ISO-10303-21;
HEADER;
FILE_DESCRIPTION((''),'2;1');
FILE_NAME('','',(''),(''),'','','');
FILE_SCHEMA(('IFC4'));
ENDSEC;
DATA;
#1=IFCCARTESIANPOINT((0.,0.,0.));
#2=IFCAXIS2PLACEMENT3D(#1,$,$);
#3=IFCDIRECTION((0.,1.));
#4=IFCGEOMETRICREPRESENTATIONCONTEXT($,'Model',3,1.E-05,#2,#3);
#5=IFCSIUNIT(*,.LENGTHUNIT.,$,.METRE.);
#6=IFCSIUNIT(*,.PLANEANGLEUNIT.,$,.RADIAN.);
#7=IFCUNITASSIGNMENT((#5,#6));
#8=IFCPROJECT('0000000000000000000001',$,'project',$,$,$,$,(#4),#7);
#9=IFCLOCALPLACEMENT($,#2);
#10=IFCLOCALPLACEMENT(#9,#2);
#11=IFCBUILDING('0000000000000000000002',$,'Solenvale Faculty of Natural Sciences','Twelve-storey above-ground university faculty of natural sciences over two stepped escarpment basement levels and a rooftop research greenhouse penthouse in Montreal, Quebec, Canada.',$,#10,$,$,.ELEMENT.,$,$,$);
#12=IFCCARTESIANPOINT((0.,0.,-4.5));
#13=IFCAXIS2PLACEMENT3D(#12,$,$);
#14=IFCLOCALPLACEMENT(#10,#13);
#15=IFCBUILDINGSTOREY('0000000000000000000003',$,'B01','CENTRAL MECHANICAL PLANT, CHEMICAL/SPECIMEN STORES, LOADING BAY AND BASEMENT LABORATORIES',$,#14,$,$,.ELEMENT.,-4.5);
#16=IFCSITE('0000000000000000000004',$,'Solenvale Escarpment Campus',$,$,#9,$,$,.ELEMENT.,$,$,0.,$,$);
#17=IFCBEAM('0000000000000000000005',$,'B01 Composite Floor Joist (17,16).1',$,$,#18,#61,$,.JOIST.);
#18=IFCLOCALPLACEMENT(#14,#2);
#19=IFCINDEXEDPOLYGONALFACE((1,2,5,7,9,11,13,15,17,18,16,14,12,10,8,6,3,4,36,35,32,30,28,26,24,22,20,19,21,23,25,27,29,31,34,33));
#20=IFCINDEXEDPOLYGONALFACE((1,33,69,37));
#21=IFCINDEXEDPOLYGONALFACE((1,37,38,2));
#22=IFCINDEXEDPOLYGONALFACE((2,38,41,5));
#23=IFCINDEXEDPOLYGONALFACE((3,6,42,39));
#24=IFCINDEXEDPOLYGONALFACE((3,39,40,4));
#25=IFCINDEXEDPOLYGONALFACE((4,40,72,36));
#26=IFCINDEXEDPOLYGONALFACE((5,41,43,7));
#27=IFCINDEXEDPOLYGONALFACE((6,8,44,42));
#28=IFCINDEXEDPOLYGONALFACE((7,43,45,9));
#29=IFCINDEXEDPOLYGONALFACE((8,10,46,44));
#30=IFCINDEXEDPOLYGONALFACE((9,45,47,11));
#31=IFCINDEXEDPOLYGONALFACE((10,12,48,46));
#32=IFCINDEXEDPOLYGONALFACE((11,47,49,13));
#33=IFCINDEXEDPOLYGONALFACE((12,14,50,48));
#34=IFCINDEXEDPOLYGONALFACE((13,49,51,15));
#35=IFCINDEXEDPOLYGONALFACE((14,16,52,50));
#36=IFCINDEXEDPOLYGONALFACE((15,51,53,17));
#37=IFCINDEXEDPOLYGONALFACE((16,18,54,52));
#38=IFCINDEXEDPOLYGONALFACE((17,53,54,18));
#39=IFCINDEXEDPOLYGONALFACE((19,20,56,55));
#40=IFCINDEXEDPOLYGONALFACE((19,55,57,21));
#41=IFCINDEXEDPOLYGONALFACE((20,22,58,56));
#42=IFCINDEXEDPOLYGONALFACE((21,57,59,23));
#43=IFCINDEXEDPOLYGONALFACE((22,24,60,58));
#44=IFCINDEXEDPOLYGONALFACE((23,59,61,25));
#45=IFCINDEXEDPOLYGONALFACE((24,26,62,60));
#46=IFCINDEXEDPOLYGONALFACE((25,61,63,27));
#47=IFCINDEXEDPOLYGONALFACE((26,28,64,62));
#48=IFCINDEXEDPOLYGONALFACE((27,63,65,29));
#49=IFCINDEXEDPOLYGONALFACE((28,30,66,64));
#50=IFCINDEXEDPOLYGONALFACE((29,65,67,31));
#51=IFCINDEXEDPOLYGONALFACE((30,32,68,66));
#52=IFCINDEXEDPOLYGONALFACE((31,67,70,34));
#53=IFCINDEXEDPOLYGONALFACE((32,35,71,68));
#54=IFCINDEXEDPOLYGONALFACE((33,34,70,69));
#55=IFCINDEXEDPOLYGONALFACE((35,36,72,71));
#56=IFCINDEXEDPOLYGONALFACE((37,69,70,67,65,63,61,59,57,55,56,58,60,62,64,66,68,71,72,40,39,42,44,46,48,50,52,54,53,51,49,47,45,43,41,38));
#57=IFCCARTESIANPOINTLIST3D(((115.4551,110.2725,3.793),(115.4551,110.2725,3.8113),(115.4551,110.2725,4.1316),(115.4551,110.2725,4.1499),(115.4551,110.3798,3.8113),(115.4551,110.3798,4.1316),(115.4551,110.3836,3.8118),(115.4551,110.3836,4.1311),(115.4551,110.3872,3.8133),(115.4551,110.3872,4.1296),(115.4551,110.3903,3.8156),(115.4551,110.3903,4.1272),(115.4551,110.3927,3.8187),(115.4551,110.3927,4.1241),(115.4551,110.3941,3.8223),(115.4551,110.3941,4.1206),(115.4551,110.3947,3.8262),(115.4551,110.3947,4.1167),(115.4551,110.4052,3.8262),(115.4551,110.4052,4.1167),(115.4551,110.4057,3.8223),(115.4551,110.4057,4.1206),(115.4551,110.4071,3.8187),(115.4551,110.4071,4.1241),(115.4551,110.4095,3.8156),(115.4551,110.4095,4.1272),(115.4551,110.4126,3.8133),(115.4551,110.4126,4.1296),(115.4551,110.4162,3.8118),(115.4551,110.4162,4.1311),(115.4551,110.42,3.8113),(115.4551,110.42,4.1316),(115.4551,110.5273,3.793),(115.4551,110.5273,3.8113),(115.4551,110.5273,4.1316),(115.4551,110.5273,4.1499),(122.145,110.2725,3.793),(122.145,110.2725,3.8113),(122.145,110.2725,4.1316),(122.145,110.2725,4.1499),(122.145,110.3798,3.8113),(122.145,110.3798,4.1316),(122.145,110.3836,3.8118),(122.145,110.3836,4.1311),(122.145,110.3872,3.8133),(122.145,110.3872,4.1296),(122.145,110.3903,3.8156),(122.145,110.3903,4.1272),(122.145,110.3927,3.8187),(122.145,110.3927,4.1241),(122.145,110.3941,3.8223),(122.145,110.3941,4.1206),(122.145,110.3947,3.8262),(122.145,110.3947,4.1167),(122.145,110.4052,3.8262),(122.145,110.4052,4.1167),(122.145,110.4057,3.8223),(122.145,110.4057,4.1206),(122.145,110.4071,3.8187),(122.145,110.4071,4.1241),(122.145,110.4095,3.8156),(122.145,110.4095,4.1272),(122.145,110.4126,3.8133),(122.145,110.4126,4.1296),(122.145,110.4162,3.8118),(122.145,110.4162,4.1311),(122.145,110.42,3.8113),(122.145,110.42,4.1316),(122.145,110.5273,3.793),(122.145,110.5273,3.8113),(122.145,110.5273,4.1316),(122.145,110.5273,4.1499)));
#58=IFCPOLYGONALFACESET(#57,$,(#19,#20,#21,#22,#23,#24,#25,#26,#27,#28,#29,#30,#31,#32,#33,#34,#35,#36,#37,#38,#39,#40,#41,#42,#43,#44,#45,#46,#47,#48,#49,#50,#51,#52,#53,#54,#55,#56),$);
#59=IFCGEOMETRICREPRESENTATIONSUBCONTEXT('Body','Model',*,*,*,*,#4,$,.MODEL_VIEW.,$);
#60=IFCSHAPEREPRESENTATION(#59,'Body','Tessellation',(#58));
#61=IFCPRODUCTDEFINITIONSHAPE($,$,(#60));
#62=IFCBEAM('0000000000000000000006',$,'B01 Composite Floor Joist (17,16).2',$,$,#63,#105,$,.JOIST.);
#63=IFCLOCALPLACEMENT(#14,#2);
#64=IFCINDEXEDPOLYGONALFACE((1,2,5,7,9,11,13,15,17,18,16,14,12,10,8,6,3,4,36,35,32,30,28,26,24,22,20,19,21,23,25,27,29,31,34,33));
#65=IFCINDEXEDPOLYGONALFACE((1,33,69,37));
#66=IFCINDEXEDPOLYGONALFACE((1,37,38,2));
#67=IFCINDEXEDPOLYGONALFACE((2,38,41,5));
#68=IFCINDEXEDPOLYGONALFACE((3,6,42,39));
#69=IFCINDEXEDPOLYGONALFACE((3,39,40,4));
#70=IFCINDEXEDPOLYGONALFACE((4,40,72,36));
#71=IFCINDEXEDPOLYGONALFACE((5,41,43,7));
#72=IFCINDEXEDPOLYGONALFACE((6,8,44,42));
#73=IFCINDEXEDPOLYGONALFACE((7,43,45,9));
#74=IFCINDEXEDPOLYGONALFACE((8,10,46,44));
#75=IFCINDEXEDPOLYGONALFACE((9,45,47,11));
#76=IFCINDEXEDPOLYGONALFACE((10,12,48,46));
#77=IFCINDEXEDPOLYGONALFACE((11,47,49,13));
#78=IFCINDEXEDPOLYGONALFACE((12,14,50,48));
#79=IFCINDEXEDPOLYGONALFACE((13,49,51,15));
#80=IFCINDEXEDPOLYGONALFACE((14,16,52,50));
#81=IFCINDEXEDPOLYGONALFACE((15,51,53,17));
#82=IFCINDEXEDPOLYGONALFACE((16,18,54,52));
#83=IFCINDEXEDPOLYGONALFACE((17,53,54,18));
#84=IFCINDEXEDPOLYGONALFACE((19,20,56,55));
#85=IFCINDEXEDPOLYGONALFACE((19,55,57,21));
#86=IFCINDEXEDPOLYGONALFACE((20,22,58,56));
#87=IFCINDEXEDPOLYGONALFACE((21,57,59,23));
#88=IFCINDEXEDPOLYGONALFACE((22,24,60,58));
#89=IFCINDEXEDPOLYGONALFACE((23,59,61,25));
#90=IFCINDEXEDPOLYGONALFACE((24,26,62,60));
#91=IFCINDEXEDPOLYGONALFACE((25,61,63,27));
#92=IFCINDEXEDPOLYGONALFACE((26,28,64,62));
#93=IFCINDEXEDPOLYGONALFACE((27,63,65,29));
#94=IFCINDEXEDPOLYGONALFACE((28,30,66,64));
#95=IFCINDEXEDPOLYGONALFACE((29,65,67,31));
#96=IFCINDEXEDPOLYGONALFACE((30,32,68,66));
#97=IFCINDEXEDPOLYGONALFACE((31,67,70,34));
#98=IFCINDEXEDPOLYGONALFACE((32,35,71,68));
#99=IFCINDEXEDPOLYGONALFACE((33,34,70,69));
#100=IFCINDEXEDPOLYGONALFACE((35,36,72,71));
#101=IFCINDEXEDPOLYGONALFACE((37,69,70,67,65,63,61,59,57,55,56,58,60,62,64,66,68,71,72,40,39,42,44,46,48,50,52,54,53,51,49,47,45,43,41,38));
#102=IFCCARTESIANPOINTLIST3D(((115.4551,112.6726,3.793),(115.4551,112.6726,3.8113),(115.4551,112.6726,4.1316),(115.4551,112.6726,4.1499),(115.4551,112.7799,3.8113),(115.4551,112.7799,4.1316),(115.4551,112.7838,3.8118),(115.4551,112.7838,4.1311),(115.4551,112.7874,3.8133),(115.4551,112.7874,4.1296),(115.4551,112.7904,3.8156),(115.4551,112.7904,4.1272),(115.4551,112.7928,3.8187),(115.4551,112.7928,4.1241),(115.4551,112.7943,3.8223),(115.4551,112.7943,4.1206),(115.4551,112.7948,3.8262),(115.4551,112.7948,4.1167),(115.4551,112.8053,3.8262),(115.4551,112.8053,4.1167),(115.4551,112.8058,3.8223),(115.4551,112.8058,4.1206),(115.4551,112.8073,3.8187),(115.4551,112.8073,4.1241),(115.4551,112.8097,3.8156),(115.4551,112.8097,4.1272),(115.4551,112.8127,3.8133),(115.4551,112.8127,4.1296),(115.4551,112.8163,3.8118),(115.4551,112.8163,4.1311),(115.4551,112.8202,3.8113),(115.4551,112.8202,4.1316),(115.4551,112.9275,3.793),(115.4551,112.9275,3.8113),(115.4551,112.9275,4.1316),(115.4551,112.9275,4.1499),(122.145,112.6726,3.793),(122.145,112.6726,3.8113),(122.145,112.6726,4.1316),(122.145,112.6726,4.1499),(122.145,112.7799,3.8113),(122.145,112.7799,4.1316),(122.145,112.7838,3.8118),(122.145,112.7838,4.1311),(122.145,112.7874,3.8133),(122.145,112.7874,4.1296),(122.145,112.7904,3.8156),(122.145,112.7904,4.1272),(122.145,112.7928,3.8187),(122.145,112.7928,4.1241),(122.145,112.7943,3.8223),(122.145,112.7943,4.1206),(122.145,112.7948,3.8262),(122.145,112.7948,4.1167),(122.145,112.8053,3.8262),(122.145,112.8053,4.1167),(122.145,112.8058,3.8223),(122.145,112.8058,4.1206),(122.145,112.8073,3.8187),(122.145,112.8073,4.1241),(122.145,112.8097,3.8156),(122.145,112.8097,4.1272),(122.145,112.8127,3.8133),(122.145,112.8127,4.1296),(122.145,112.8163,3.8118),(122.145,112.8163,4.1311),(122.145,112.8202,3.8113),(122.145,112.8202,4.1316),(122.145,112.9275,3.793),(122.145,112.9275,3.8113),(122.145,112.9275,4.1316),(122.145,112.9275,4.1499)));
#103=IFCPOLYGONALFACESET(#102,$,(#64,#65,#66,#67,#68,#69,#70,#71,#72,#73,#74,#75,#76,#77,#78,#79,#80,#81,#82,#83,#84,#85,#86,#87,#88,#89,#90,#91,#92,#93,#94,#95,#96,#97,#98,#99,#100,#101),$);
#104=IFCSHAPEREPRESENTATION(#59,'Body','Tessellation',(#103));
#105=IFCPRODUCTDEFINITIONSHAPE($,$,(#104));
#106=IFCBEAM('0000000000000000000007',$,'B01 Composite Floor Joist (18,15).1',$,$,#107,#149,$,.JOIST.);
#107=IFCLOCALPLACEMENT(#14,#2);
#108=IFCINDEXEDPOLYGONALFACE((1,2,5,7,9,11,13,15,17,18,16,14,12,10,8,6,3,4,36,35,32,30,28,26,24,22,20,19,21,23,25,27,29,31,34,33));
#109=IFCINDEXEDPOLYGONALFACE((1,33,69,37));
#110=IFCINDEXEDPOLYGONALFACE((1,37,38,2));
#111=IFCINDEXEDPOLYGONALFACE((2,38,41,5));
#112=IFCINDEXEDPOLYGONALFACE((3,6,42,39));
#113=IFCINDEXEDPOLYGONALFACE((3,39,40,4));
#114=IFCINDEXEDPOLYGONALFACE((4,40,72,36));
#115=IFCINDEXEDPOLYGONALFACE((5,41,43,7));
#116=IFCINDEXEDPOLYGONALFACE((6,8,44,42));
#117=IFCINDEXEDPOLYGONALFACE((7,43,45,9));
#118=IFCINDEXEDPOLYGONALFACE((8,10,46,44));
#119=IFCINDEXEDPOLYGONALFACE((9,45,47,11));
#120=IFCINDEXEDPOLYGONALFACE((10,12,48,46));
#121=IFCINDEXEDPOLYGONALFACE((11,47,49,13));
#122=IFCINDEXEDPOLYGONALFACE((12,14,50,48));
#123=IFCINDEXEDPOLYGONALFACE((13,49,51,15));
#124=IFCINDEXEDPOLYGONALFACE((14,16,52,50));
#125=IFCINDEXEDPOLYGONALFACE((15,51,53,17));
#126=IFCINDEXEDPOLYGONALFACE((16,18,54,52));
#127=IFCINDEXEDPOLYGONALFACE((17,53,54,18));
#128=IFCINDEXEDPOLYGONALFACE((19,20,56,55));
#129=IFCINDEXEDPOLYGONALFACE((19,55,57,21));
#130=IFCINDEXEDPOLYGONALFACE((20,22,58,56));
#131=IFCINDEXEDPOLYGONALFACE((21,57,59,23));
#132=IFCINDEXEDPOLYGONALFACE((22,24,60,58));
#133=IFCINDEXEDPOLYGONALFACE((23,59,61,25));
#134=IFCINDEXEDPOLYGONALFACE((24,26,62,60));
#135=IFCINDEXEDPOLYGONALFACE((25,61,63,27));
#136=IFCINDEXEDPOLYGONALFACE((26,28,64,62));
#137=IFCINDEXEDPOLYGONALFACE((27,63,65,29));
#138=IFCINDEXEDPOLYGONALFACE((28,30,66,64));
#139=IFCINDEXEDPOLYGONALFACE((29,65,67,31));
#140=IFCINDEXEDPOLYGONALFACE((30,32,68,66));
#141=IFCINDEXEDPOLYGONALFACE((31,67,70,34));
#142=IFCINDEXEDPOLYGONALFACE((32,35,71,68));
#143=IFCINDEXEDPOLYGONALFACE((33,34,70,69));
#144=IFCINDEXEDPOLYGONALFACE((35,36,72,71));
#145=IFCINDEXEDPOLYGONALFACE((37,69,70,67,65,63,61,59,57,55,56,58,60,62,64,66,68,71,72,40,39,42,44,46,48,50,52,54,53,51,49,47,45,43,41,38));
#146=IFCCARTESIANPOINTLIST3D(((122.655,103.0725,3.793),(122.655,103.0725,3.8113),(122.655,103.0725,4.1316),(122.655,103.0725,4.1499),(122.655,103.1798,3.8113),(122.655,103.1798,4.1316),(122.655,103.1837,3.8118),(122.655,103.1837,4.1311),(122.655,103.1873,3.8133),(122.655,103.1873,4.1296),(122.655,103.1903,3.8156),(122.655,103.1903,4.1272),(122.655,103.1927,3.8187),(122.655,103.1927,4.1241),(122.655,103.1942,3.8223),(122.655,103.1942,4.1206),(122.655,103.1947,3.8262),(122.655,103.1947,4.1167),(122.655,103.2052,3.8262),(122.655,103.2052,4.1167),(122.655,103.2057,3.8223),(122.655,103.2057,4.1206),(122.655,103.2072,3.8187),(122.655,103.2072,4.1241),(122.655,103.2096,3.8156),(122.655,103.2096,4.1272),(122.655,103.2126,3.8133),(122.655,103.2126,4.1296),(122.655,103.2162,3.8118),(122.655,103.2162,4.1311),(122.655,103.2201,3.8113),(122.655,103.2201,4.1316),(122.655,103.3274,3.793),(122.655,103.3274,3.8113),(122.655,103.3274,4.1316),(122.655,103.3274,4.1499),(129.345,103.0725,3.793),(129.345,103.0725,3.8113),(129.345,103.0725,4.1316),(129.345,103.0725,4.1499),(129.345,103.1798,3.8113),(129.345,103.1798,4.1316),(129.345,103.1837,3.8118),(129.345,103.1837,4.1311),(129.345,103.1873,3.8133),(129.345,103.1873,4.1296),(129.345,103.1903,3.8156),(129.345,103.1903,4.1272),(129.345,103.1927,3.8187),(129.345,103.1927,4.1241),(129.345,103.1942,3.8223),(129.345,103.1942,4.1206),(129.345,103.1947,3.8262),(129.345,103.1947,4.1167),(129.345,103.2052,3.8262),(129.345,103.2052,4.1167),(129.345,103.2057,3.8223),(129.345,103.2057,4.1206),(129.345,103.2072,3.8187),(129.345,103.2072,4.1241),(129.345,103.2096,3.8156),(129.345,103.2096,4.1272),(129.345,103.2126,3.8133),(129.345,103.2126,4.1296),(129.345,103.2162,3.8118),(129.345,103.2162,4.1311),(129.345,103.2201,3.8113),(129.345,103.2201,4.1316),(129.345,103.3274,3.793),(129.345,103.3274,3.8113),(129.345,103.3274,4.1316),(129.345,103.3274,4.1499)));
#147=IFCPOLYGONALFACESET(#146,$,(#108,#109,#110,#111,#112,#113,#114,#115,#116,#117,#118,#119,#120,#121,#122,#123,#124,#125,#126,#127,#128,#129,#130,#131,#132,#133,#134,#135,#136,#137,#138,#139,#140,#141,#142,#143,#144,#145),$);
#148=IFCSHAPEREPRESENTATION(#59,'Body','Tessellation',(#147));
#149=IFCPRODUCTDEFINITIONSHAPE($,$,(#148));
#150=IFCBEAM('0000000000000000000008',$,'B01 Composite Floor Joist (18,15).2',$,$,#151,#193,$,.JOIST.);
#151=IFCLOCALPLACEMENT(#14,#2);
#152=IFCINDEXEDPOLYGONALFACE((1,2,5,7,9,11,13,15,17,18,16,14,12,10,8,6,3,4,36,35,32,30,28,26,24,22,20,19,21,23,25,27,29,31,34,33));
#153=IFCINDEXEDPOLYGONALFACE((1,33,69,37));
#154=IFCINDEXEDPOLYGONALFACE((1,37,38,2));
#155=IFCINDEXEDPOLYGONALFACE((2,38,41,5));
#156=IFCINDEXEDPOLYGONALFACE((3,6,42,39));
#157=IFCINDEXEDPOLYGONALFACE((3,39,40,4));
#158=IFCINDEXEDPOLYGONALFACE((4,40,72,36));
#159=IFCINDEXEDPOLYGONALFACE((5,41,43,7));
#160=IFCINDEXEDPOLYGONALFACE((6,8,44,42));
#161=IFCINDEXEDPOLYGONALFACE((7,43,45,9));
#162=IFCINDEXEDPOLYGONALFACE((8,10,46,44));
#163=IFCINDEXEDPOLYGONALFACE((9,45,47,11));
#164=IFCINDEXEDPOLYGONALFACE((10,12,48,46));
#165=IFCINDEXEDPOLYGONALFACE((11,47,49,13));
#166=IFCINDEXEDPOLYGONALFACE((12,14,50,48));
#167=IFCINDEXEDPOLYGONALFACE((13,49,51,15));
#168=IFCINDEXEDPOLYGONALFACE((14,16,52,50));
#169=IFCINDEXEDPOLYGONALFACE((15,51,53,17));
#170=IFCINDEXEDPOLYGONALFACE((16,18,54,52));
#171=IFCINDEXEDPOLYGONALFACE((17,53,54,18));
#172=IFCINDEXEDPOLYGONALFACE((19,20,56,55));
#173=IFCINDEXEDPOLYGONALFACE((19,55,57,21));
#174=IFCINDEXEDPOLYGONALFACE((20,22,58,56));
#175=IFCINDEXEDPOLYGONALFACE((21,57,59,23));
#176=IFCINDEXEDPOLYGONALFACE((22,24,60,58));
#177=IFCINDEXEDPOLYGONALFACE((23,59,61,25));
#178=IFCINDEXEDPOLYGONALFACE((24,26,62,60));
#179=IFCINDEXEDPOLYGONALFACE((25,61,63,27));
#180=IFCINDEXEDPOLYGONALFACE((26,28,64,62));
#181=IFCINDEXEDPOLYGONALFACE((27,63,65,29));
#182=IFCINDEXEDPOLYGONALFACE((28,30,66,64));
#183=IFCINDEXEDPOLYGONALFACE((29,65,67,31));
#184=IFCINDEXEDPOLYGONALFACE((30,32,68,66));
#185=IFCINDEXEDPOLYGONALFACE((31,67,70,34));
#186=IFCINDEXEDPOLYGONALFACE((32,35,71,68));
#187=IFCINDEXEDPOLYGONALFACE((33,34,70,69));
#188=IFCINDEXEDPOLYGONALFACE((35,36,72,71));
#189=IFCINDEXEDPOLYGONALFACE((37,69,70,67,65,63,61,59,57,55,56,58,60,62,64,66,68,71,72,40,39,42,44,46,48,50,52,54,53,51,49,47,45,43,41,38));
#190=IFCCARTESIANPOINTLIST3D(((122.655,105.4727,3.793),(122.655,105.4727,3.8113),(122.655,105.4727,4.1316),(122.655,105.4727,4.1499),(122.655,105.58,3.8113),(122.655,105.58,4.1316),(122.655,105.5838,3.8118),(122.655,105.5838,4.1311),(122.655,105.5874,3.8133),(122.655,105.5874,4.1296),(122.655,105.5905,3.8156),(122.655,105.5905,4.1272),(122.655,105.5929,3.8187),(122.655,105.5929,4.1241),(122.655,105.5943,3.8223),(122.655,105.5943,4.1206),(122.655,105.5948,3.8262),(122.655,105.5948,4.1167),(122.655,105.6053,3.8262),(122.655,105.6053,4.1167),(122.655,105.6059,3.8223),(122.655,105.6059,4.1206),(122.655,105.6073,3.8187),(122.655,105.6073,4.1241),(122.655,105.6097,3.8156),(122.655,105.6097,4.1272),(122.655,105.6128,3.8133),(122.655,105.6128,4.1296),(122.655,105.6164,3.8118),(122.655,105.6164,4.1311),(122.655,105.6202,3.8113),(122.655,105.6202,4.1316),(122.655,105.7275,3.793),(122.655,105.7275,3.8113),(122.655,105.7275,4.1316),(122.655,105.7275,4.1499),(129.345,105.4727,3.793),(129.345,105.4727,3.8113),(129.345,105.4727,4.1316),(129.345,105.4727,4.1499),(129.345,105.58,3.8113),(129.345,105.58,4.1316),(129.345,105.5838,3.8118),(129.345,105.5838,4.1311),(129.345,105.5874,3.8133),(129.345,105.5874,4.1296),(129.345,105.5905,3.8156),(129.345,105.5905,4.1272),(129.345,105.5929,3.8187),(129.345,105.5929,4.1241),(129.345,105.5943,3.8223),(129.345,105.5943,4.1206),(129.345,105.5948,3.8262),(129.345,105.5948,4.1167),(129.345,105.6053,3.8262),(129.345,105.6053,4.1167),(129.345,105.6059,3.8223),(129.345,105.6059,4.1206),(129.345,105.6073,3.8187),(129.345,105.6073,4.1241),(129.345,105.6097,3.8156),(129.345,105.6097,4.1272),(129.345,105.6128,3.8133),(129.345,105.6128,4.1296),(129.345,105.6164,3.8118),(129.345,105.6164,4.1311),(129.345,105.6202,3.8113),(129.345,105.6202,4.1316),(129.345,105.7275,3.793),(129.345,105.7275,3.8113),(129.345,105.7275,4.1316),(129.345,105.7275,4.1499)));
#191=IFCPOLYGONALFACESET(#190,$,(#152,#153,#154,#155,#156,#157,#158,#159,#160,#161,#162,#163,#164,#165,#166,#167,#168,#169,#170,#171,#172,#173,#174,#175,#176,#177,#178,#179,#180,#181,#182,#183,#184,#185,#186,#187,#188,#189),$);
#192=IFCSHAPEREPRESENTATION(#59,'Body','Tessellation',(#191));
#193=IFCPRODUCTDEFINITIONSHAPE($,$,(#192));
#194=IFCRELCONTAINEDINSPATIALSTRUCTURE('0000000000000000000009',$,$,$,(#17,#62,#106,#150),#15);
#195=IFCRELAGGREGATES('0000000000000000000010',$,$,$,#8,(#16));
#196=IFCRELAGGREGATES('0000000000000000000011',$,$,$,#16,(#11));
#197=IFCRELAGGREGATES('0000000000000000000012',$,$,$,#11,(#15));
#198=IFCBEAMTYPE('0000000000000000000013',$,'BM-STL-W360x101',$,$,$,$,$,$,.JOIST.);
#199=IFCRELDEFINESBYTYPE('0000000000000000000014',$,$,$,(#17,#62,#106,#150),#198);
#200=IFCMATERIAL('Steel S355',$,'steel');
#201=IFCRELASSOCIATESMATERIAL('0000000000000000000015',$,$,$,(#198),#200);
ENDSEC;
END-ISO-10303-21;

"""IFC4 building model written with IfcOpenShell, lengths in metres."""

from ifc_helpers import new_model, si_unit, direction, frame, origin, origin_2d, place, context, subcontext, project, spatial, i_section, extrude, material, material_profile, profile_set, type_object, element, save


model = new_model("IFC4")

# Units and contexts
model_context = context("Model", 3, precision=1e-05, world=origin(), true_north=direction((0.0, 1.0)))
body_context = subcontext(model_context, "Body", "Model", "MODEL_VIEW")
ifc_project = project(units=[si_unit("LENGTHUNIT", "METRE"), si_unit("PLANEANGLEUNIT", "RADIAN")], contexts=[model_context])

# Site, building, storey
site_placement = place(None, origin())
site = spatial("IfcSite", under=ifc_project, at=site_placement, Name="Solenvale Escarpment Campus", CompositionType="ELEMENT", RefElevation=0.0)
building_placement = place(site_placement, origin())
building = spatial("IfcBuilding", under=site, at=building_placement, Name="Solenvale Faculty of Natural Sciences", Description="Twelve-storey above-ground university faculty of natural sciences over two stepped escarpment basement levels and a rooftop research greenhouse penthouse in Montreal, Quebec, Canada.", CompositionType="ELEMENT")
storey_placement = place(building_placement, frame((0.0, 0.0, -4.5)))
storey = spatial("IfcBuildingStorey", under=building, at=storey_placement, Name="B01", Description="CENTRAL MECHANICAL PLANT, CHEMICAL/SPECIMEN STORES, LOADING BAY AND BASEMENT LABORATORIES", CompositionType="ELEMENT", Elevation=-4.5)

# Beams
ifc_material_1 = material(Name="Steel S355", Category="steel")
ifc_material_profile_1 = material_profile(ifc_material_1, i_section(OverallWidth=0.2549, OverallDepth=0.3569, WebThickness=0.0105, FlangeThickness=0.0183, FilletRadius=0.0149, at=origin_2d()), Name="W360x101")
ifc_profile_set_1 = profile_set([ifc_material_profile_1], Name="Steel S355")
beam_type_1 = type_object("IfcBeamType", Name="BM-STL-W360x101", PredefinedType="JOIST", material=ifc_profile_set_1)
for number, where, z_axis, x_axis, name in (
    (1, (115.4551, 110.3999, 3.9714), (1.0, 0.0, 0.0), (0.0, 1.0, 0.0), "B01 Composite Floor Joist (17,16).1"),
    (2, (115.4551, 112.8, 3.9714), (1.0, 0.0, 0.0), (0.0, 1.0, 0.0), "B01 Composite Floor Joist (17,16).2"),
    (3, (122.655, 103.2, 3.9714), (1.0, 0.0, 0.0), (0.0, 1.0, 0.0), "B01 Composite Floor Joist (18,15).1"),
    (4, (122.655, 105.6001, 3.9714), (1.0, 0.0, 0.0), (0.0, 1.0, 0.0), "B01 Composite Floor Joist (18,15).2"),
):
    element("IfcBeam", number, at=place(storey_placement, frame(where, z_axis=z_axis, x_axis=x_axis)), inside=storey, type_object=beam_type_1, Name=name, PredefinedType="JOIST", context=body_context, shape_type="SweptSolid", body=[
        extrude(i_section(OverallWidth=0.2549, OverallDepth=0.3569, WebThickness=0.0105, FlangeThickness=0.0183, FilletRadius=0.0149, at=origin_2d()), origin(), (0.0, 0.0, 1.0), 6.6899),
    ])

save(model, "model.ifc")
